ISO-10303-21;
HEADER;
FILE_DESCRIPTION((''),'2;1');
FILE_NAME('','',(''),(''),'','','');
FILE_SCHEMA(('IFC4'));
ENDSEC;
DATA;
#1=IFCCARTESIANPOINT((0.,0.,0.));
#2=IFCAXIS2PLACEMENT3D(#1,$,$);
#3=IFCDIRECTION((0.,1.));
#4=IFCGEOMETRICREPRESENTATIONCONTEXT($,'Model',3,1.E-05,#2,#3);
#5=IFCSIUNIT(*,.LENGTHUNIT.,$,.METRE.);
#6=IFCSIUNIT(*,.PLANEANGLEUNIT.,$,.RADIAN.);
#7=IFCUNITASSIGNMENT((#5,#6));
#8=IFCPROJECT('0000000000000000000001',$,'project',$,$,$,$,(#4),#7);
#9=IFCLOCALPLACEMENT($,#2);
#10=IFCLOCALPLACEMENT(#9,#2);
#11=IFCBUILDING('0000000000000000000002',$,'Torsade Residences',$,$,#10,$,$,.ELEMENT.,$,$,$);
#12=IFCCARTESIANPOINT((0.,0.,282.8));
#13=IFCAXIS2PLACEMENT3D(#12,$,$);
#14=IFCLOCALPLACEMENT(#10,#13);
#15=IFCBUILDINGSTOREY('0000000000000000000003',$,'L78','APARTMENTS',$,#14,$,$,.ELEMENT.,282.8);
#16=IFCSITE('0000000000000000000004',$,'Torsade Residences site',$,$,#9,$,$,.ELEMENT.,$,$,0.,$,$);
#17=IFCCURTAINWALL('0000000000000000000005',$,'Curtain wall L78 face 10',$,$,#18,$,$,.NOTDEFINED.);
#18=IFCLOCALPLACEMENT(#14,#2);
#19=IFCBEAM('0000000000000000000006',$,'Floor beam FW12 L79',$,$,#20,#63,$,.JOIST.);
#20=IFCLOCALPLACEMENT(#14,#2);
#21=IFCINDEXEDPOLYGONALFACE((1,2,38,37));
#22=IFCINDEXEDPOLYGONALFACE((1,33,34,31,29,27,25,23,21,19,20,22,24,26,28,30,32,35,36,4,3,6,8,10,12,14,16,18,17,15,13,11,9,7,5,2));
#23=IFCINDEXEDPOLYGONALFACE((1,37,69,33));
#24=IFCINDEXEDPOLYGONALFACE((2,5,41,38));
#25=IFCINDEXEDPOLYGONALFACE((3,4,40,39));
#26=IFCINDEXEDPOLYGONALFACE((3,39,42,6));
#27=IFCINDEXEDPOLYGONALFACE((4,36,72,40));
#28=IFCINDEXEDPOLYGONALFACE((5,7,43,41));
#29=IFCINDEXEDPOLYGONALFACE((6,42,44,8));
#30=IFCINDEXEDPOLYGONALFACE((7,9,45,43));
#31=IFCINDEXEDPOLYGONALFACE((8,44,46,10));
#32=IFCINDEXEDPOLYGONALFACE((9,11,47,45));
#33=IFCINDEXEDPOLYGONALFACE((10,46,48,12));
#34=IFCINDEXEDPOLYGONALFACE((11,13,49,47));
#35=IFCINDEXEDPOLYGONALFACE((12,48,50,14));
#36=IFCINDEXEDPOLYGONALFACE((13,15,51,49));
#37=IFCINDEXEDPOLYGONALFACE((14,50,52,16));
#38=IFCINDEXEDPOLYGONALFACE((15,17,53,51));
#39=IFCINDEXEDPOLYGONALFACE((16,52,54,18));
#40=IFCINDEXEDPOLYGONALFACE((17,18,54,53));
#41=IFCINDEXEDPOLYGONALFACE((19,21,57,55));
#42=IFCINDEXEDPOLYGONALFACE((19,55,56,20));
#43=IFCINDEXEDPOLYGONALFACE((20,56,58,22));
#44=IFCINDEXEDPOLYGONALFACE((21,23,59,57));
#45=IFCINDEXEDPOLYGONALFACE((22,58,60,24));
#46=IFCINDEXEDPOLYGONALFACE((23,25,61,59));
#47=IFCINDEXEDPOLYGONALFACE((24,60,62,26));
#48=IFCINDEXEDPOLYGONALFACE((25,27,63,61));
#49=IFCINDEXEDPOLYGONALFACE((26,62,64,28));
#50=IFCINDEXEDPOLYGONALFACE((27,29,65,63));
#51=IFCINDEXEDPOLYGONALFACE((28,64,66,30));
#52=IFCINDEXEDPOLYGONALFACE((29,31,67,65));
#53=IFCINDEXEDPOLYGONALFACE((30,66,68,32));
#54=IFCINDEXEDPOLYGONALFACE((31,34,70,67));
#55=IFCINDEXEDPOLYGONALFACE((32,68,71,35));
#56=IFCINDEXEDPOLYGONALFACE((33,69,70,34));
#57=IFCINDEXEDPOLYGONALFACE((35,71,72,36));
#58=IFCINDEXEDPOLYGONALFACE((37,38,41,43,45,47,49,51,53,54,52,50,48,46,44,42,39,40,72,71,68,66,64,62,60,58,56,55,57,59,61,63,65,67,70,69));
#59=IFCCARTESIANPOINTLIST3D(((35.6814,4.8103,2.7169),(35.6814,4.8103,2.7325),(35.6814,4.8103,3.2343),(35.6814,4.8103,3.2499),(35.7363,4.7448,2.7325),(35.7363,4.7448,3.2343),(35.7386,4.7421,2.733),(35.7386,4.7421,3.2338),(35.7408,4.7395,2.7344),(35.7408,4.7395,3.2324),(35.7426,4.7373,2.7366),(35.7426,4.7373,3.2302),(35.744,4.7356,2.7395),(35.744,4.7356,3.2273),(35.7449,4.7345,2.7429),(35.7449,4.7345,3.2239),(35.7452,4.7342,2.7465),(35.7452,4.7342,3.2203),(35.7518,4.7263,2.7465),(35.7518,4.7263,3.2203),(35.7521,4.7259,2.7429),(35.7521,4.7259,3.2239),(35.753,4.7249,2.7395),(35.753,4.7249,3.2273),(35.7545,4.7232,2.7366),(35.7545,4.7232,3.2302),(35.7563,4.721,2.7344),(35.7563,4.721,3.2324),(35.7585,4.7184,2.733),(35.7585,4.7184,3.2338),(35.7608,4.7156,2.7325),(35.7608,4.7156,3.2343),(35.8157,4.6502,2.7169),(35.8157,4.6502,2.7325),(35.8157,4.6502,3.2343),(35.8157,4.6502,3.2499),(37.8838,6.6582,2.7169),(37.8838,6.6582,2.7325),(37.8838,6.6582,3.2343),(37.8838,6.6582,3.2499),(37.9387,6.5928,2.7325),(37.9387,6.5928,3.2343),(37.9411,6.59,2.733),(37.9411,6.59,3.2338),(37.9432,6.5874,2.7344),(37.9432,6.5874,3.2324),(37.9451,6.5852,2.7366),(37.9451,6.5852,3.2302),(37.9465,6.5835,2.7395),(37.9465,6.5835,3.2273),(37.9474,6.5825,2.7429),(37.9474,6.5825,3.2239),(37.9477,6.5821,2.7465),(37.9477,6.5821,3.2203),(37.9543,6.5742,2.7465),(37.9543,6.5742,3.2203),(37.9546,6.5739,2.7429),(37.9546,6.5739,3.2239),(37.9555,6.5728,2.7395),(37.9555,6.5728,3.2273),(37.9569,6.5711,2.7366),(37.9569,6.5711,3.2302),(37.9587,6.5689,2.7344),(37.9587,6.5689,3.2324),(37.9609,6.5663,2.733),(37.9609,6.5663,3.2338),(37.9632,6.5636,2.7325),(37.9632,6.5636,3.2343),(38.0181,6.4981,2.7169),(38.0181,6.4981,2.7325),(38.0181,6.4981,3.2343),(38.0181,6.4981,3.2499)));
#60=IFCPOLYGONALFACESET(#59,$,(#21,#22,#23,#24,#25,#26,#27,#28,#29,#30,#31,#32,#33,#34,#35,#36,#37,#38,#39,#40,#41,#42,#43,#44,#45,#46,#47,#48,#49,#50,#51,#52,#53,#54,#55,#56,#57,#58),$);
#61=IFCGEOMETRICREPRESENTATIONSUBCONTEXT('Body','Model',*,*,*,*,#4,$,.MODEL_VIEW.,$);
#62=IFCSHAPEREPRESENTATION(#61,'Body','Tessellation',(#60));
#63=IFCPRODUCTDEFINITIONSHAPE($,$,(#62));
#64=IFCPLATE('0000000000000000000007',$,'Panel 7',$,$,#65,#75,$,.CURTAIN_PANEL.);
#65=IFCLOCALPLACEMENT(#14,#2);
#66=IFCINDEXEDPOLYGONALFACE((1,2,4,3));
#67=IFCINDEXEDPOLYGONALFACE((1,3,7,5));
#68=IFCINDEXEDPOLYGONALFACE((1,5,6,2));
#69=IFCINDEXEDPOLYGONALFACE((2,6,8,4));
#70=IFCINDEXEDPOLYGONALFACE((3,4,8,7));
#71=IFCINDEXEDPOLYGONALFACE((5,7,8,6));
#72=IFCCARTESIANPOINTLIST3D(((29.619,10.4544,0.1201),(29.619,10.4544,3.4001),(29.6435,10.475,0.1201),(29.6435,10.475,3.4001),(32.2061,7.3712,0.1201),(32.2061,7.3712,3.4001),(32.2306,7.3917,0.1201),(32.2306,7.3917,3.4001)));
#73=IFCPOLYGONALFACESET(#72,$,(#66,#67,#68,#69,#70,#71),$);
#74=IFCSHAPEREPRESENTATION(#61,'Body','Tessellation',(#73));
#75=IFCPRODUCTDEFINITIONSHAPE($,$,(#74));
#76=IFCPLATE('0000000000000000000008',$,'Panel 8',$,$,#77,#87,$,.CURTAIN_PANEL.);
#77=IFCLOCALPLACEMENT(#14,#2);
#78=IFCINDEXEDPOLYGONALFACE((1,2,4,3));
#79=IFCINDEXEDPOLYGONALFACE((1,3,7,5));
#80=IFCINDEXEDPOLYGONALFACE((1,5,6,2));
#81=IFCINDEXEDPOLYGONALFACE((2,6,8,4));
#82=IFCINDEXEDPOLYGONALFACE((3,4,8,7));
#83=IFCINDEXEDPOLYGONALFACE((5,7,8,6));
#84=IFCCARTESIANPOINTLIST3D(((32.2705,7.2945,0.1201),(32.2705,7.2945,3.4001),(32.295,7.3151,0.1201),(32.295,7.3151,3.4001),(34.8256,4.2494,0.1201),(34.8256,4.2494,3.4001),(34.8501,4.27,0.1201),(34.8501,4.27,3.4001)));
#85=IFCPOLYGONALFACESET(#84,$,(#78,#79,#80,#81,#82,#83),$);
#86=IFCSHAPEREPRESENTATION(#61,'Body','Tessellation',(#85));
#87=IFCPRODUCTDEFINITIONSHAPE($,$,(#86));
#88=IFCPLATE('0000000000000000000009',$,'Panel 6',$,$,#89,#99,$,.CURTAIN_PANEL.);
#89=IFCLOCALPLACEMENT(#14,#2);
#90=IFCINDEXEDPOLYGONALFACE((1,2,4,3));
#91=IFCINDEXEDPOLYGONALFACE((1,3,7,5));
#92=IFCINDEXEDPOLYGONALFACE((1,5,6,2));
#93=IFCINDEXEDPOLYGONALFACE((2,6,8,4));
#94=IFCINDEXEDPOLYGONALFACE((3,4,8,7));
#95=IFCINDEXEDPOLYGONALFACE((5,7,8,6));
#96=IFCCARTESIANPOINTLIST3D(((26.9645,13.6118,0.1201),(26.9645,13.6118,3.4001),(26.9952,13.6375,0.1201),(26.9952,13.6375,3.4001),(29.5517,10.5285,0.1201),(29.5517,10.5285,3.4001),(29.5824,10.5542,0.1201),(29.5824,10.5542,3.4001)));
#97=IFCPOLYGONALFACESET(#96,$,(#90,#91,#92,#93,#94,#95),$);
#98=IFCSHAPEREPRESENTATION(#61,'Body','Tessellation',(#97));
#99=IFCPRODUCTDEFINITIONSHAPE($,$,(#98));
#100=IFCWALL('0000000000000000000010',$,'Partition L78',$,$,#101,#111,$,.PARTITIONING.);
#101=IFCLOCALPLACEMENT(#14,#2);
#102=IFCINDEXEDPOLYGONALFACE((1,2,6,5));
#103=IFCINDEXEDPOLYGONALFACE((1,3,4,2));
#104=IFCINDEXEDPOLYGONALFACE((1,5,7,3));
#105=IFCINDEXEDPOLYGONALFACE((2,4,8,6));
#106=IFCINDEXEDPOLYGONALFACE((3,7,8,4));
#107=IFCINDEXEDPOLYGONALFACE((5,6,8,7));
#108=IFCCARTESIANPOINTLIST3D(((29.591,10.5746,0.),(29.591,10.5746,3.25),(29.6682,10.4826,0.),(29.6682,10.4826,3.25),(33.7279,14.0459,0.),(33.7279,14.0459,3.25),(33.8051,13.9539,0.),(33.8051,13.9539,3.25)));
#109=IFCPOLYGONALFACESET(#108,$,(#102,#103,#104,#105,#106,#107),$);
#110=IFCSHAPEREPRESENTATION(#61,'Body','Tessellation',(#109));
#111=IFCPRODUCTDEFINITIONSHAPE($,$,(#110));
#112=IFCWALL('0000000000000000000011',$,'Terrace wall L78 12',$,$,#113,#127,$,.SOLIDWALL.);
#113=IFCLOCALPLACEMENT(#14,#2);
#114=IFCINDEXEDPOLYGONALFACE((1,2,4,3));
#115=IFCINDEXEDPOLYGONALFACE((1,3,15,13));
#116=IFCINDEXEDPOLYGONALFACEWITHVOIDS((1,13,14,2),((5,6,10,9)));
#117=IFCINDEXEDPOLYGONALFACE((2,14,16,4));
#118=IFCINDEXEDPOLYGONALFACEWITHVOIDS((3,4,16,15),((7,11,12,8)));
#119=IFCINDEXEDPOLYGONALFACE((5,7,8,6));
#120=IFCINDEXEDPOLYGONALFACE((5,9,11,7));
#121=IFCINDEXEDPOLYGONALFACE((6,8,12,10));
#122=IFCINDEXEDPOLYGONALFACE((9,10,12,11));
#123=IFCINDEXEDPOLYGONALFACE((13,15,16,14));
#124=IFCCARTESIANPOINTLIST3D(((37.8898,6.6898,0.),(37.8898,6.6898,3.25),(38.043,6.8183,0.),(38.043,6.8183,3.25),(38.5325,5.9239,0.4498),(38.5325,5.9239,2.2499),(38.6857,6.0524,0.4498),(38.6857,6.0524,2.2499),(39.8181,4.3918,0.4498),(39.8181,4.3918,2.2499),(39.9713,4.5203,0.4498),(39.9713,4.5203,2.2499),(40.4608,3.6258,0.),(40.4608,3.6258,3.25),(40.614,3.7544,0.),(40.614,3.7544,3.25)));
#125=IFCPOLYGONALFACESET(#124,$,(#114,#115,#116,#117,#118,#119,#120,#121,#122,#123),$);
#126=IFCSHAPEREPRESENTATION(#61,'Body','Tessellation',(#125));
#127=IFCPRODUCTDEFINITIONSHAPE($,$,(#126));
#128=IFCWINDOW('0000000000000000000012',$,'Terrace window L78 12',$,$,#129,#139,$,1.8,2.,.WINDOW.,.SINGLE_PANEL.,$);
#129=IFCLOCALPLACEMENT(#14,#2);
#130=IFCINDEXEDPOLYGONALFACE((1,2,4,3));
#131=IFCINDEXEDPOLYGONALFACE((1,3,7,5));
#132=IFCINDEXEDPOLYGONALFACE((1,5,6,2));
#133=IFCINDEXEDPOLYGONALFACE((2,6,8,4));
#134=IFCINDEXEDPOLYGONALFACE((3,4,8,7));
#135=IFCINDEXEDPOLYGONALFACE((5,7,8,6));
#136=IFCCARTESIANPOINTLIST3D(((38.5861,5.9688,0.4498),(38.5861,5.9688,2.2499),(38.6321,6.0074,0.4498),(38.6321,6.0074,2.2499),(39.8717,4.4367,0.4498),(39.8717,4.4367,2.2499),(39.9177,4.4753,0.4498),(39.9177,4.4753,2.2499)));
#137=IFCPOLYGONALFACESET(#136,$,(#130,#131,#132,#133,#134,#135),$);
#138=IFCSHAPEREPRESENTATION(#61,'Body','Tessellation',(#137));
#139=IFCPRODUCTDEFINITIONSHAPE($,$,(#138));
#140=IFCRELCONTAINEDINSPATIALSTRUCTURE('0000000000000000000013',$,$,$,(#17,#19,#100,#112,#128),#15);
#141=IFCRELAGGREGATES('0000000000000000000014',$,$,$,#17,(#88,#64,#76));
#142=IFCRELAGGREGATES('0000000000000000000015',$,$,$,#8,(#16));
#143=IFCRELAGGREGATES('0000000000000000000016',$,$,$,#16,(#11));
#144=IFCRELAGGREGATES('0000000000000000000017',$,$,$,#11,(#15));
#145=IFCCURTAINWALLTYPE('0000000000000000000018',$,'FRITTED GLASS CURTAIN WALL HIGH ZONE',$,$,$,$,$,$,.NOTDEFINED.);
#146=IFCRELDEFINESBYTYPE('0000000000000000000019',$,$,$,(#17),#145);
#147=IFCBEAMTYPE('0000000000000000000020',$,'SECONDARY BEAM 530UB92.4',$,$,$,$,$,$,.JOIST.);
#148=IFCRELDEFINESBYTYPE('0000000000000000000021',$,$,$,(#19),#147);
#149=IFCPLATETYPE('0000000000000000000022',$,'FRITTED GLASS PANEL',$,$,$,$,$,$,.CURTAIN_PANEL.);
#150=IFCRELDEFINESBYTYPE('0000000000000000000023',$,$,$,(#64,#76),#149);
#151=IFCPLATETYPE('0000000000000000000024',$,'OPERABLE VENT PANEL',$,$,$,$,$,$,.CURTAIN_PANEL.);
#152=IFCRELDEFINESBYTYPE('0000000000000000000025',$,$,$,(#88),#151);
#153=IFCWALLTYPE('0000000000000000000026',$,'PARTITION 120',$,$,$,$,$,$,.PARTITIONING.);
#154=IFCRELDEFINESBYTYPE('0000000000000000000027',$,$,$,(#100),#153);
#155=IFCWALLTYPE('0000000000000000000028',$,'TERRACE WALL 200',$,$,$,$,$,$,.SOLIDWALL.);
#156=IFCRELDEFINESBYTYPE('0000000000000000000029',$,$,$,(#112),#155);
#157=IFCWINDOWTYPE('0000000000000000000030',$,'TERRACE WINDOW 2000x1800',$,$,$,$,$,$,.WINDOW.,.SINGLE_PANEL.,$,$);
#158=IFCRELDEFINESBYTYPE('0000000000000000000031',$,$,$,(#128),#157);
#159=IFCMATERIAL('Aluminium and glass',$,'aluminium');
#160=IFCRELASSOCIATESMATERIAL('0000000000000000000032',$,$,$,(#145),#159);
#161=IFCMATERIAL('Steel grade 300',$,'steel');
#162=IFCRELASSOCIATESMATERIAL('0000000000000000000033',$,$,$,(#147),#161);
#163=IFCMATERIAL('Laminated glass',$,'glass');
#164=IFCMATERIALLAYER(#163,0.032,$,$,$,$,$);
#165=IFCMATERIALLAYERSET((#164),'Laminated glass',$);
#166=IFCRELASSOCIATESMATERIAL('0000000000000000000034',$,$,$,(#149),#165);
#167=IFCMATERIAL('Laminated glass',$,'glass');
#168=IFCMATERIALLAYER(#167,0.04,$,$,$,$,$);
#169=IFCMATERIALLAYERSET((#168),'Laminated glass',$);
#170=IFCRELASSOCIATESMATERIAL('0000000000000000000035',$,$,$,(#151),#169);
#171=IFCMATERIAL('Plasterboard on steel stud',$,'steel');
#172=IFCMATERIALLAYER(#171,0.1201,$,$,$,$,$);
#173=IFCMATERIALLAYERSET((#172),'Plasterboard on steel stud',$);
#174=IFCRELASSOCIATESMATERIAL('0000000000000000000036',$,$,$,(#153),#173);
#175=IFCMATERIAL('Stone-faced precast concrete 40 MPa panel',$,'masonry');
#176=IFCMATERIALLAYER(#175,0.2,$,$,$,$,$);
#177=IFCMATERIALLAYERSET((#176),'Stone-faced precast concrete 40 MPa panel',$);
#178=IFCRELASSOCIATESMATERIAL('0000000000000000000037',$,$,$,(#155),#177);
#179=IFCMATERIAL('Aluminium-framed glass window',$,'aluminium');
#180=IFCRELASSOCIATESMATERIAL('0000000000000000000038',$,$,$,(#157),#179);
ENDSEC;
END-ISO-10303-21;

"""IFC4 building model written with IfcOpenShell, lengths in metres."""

from ifc_helpers import new_model, si_unit, direction, frame, frame_2d, origin, origin_2d, place, context, subcontext, project, spatial, rectangle, i_section, extrude, material, layer, layer_set, material_profile, profile_set, type_object, element, fill, aggregate, save


model = new_model("IFC4")

# Units and contexts
model_context = context("Model", 3, precision=1e-05, world=origin(), true_north=direction((0.0, 1.0)))
body_context = subcontext(model_context, "Body", "Model", "MODEL_VIEW")
ifc_project = project(units=[si_unit("LENGTHUNIT", "METRE"), si_unit("PLANEANGLEUNIT", "RADIAN")], contexts=[model_context])

# Site, building, storey
site_placement = place(None, origin())
site = spatial("IfcSite", under=ifc_project, at=site_placement, Name="Torsade Residences site", CompositionType="ELEMENT", RefElevation=0.0)
building_placement = place(site_placement, origin())
building = spatial("IfcBuilding", under=site, at=building_placement, Name="Torsade Residences", CompositionType="ELEMENT")
storey_placement = place(building_placement, frame((0.0, 0.0, 282.8)))
storey = spatial("IfcBuildingStorey", under=building, at=storey_placement, Name="L78", Description="APARTMENTS", CompositionType="ELEMENT", Elevation=282.8)

# Curtain wall
ifc_material_1 = material(Name="Aluminium and glass", Category="aluminium")
curtain_wall_type = type_object("IfcCurtainWallType", Name="FRITTED GLASS CURTAIN WALL HIGH ZONE", PredefinedType="NOTDEFINED", material=ifc_material_1)
curtain_wall_placement = place(storey_placement, origin())
curtain_wall = element("IfcCurtainWall", 1, at=curtain_wall_placement, inside=storey, type_object=curtain_wall_type, Name="Curtain wall L78 face 10", PredefinedType="NOTDEFINED")

# Beam
ifc_material_2 = material(Name="Steel grade 300", Category="steel")
ifc_material_profile_1 = material_profile(ifc_material_2, i_section(OverallWidth=0.209, OverallDepth=0.533, WebThickness=0.0103, FlangeThickness=0.0156, FilletRadius=0.0139, at=origin_2d()), Name="530UB92.4")
ifc_profile_set_1 = profile_set([ifc_material_profile_1], Name="Steel grade 300")
beam_type_1 = type_object("IfcBeamType", Name="SECONDARY BEAM 530UB92.4", PredefinedType="JOIST", material=ifc_profile_set_1)
beam_1_placement = place(storey_placement, frame((35.7485, 4.7302, 2.9834), z_axis=(0.766066, 0.642762, 0.0), x_axis=(-0.642762, 0.766066, 0.0)))
element("IfcBeam", 2, at=beam_1_placement, inside=storey, type_object=beam_type_1, Name="Floor beam FW12 L79", PredefinedType="JOIST", context=body_context, shape_type="SweptSolid", body=[
    extrude(i_section(OverallWidth=0.209, OverallDepth=0.533, WebThickness=0.0103, FlangeThickness=0.0156, FilletRadius=0.0139, at=origin_2d()), origin(), (0.0, 0.0, 1.0), 2.875),
])

# Plates
ifc_material_3 = material(Name="Laminated glass", Category="glass")
ifc_layer_1 = layer(ifc_material_3, 0.032)
ifc_layer_set_1 = layer_set([ifc_layer_1], Name="Laminated glass")
plate_type_1 = type_object("IfcPlateType", Name="FRITTED GLASS PANEL", PredefinedType="CURTAIN_PANEL", material=ifc_layer_set_1)
plate_1_placement = place(storey_placement, frame((30.9248, 8.9231, 0.1201), z_axis=(0.0, 0.0, 1.0), x_axis=(0.642788, -0.766044, 0.0)))
plate_1 = element("IfcPlate", 3, at=plate_1_placement, type_object=plate_type_1, Name="Panel 7", PredefinedType="CURTAIN_PANEL", context=body_context, shape_type="SweptSolid", body=[
    extrude(rectangle(XDim=4.0249, YDim=0.032, at=origin_2d()), origin(), (0.0, 0.0, 1.0), 3.28),
])
plate_2_placement = place(storey_placement, frame((33.5603, 5.7822, 0.1201), z_axis=(0.0, 0.0, 1.0), x_axis=(0.642788, -0.766044, 0.0)))
plate_2 = element("IfcPlate", 4, at=plate_2_placement, type_object=plate_type_1, Name="Panel 8", PredefinedType="CURTAIN_PANEL", context=body_context, shape_type="SweptSolid", body=[
    extrude(rectangle(XDim=3.9751, YDim=0.032, at=origin_2d()), origin(), (0.0, 0.0, 1.0), 3.28),
])
ifc_material_4 = material(Name="Laminated glass", Category="glass")
ifc_layer_2 = layer(ifc_material_4, 0.04)
ifc_layer_set_2 = layer_set([ifc_layer_2], Name="Laminated glass")
plate_type_2 = type_object("IfcPlateType", Name="OPERABLE VENT PANEL", PredefinedType="CURTAIN_PANEL", material=ifc_layer_set_2)
plate_3_placement = place(storey_placement, frame((28.2734, 12.083, 0.1201), z_axis=(0.0, 0.0, 1.0), x_axis=(0.642788, -0.766044, 0.0)))
plate_3 = element("IfcPlate", 5, at=plate_3_placement, type_object=plate_type_2, Name="Panel 6", PredefinedType="CURTAIN_PANEL", context=body_context, shape_type="SweptSolid", body=[
    extrude(rectangle(XDim=4.0249, YDim=0.04, at=origin_2d()), origin(), (0.0, 0.0, 1.0), 3.28),
])
aggregate(curtain_wall, [plate_3, plate_1, plate_2])

# Wall
ifc_material_5 = material(Name="Plasterboard on steel stud", Category="steel")
ifc_layer_3 = layer(ifc_material_5, 0.1201)
ifc_layer_set_3 = layer_set([ifc_layer_3], Name="Plasterboard on steel stud")
wall_type_1 = type_object("IfcWallType", Name="PARTITION 120", PredefinedType="PARTITIONING", material=ifc_layer_set_3)
wall_1_placement = place(storey_placement, frame((29.6296, 10.5286, 0.0), z_axis=(0.0, 0.0, 1.0), x_axis=(0.766034, 0.6428, 0.0)))
element("IfcWall", 6, at=wall_1_placement, inside=storey, type_object=wall_type_1, Name="Partition L78", PredefinedType="PARTITIONING", context=body_context, shape_type="SweptSolid", body=[
    extrude(rectangle(XDim=5.4004, YDim=0.1201, at=frame_2d((2.7002, 0.0))), origin(), (0.0, 0.0, 1.0), 3.25),
])

# Shared definitions
ifc_material_6 = material(Name="Stone-faced precast concrete 40 MPa panel", Category="masonry")
ifc_layer_4 = layer(ifc_material_6, 0.2)
ifc_layer_set_4 = layer_set([ifc_layer_4], Name="Stone-faced precast concrete 40 MPa panel")
wall_type_2 = type_object("IfcWallType", Name="TERRACE WALL 200", PredefinedType="SOLIDWALL", material=ifc_layer_set_4)

# Wall, opening, window
wall_2_placement = place(storey_placement, frame((37.9663, 6.7542, 0.0), z_axis=(0.0, 0.0, 1.0), x_axis=(0.642798, -0.766035, 0.0)))
wall_2 = element("IfcWall", 7, at=wall_2_placement, inside=storey, type_object=wall_type_2, Name="Terrace wall L78 12", PredefinedType="SOLIDWALL", context=body_context, shape_type="SweptSolid", body=[
    extrude(rectangle(XDim=3.9998, YDim=0.2, at=frame_2d((2.0, 0.0))), origin(), (0.0, 0.0, 1.0), 3.25),
])
opening_1_placement = place(wall_2_placement, frame((1.0, 0.0, 0.45)))
opening_1 = element("IfcOpeningElement", 8, at=opening_1_placement, cuts=wall_2, PredefinedType="OPENING", context=body_context, shape_type="SweptSolid", body=[
    extrude(rectangle(XDim=2.0, YDim=1.8, at=frame_2d((1.0, 0.8999))), frame((0.0, 0.1099, 0.0), z_axis=(0.0, -1.0, 0.0), x_axis=(1.0, 0.0, 0.0)), (0.0, 0.0, 1.0), 0.22),
])
ifc_material_7 = material(Name="Aluminium-framed glass window", Category="aluminium")
window_type = type_object("IfcWindowType", Name="TERRACE WINDOW 2000x1800", PartitioningType="SINGLE_PANEL", PredefinedType="WINDOW", material=ifc_material_7)
window_placement = place(opening_1_placement, origin())
window = element("IfcWindow", 9, at=window_placement, inside=storey, type_object=window_type, Name="Terrace window L78 12", OverallHeight=1.8, OverallWidth=2.0, PartitioningType="SINGLE_PANEL", PredefinedType="WINDOW", context=body_context, shape_type="SweptSolid", body=[
    extrude(rectangle(XDim=2.0, YDim=1.8, at=frame_2d((1.0, 0.8999))), frame((0.0, 0.03, 0.0), z_axis=(0.0, -1.0, 0.0), x_axis=(1.0, 0.0, 0.0)), (0.0, 0.0, 1.0), 0.0601),
])
fill(opening_1, window)

save(model, "model.ifc")
